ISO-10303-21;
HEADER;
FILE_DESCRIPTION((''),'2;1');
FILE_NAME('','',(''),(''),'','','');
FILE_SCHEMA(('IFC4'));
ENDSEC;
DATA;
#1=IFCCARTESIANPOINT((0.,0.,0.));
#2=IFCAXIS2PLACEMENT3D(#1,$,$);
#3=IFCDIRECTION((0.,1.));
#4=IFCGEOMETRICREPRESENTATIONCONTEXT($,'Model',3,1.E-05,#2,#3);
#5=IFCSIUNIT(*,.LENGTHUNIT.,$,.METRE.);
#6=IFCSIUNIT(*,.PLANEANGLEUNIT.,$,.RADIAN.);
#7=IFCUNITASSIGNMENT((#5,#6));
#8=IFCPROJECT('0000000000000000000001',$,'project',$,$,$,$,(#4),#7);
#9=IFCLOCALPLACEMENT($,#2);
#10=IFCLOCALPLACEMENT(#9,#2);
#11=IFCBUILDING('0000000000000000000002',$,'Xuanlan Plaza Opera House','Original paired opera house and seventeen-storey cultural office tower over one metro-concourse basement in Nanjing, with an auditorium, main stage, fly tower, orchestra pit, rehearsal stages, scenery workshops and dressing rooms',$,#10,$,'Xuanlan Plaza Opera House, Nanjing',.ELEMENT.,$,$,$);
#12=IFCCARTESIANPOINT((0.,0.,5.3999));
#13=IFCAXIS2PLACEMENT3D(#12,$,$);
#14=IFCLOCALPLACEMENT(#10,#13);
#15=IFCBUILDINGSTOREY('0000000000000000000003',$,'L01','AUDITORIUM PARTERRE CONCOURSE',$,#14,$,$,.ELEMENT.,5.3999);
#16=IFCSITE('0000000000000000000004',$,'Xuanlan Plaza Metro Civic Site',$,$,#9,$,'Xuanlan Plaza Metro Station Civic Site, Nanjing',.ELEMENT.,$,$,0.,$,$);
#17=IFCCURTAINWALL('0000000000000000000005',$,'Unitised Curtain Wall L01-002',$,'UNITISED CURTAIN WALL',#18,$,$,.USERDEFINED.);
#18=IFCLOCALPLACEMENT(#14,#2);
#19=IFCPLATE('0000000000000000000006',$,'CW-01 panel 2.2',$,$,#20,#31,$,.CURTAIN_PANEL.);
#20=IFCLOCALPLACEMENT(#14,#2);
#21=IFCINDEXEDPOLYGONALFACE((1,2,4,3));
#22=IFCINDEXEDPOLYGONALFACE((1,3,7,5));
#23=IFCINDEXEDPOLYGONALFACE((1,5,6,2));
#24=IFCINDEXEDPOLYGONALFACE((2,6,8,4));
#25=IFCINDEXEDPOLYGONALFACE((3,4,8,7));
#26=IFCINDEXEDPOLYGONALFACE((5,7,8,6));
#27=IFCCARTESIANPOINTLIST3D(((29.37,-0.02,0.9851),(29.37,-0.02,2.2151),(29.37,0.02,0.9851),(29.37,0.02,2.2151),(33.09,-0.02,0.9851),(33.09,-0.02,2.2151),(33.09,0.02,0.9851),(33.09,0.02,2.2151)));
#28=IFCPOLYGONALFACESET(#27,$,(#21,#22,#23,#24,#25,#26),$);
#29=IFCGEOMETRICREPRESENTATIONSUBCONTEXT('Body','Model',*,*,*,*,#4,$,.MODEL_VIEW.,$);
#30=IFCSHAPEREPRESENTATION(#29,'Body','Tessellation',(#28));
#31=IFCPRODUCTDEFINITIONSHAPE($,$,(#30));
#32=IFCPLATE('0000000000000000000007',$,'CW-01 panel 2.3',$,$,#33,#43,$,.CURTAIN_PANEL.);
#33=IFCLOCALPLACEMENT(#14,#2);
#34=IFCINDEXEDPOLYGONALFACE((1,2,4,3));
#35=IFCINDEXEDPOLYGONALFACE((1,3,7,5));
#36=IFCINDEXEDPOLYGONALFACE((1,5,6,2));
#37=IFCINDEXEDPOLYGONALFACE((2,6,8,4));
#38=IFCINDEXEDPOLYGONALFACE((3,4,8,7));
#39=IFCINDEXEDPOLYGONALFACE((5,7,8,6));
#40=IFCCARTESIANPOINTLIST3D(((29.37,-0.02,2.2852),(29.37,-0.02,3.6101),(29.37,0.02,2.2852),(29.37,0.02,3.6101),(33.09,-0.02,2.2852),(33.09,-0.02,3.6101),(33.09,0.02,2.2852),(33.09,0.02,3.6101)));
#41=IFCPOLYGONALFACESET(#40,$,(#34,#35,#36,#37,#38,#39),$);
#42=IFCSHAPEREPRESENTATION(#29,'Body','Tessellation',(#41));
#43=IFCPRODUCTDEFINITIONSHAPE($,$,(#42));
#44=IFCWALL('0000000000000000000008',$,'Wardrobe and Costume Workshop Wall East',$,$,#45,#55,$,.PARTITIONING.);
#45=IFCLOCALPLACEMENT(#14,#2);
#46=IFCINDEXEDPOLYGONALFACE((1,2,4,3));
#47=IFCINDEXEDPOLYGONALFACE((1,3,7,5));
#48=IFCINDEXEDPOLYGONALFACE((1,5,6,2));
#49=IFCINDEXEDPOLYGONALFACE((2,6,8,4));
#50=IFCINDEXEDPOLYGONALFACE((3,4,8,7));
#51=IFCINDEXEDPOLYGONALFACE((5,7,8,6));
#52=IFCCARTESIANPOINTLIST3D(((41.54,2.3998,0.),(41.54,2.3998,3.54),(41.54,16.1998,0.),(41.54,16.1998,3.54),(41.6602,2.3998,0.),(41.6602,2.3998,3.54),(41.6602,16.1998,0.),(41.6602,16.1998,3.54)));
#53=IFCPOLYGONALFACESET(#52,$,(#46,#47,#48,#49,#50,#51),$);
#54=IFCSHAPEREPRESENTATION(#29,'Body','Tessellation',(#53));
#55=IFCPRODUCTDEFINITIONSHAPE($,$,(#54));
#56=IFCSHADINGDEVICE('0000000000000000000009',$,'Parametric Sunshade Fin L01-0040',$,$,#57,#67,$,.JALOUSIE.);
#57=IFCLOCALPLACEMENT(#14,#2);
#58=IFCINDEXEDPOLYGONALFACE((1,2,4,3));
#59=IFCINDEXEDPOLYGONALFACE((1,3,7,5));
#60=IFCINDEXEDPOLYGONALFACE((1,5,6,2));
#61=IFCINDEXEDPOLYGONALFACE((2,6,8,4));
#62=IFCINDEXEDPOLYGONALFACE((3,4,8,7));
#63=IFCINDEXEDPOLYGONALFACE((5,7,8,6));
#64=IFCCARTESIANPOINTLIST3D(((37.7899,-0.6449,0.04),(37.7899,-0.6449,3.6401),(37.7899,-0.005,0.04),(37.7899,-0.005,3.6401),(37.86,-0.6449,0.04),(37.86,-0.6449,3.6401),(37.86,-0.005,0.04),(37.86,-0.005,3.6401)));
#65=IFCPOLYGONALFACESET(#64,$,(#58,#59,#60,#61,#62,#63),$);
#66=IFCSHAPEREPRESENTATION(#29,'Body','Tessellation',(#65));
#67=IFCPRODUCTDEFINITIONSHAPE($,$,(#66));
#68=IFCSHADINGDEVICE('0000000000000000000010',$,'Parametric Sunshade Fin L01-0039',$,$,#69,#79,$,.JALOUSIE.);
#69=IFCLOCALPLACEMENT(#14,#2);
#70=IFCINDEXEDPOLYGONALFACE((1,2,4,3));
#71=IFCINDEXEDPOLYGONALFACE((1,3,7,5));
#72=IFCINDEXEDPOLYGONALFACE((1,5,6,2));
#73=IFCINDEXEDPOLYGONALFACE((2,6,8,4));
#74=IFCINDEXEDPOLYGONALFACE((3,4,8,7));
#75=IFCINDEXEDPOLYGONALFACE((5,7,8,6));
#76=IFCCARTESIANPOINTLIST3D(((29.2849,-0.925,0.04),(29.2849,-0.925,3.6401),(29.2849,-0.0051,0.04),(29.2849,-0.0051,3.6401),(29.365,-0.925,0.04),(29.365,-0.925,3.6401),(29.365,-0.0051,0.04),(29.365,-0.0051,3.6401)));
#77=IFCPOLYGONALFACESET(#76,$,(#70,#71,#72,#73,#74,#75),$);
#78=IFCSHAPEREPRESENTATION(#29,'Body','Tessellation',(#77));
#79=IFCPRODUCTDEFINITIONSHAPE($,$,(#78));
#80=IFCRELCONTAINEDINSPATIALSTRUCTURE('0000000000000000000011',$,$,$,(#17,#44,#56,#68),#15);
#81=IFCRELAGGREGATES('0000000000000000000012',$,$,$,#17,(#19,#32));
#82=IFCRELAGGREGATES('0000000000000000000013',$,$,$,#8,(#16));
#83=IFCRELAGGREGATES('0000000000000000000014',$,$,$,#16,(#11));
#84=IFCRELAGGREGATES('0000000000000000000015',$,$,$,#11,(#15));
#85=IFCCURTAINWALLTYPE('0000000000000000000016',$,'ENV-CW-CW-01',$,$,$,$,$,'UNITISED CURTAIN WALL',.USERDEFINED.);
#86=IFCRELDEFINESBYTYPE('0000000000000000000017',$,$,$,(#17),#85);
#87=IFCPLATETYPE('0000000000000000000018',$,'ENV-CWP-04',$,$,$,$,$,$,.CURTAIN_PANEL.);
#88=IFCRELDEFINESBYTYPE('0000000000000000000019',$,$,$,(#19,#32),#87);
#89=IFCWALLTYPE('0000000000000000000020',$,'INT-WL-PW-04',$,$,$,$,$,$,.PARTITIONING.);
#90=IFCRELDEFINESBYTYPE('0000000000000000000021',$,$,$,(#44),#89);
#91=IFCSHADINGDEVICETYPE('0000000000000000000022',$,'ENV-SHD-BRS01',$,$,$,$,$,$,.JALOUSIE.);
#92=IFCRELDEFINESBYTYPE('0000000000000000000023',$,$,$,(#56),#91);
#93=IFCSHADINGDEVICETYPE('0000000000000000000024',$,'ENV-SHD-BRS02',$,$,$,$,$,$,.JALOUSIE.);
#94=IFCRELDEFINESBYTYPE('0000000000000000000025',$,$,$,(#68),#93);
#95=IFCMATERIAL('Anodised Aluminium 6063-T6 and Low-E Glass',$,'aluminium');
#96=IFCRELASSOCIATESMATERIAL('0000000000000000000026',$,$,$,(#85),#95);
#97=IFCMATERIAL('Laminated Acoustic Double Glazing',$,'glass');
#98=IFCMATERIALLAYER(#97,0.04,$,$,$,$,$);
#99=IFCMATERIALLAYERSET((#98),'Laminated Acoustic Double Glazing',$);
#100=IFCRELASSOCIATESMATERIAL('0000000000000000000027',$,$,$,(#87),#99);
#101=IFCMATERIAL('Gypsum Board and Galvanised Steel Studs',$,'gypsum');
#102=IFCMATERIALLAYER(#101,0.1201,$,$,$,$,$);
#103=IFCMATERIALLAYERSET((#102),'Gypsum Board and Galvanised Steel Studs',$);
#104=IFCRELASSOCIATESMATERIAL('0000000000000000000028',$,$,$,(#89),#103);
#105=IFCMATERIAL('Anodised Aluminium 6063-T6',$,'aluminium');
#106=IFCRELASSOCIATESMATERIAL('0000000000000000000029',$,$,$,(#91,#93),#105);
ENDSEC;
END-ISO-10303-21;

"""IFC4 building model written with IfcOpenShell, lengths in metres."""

from ifc_helpers import new_model, si_unit, direction, frame, frame_2d, origin, origin_2d, place, context, subcontext, project, spatial, rectangle, extrude, material, layer, layer_set, type_object, element, aggregate, save


model = new_model("IFC4")

# Units and contexts
model_context = context("Model", 3, precision=1e-05, world=origin(), true_north=direction((0.0, 1.0)))
body_context = subcontext(model_context, "Body", "Model", "MODEL_VIEW")
ifc_project = project(units=[si_unit("LENGTHUNIT", "METRE"), si_unit("PLANEANGLEUNIT", "RADIAN")], contexts=[model_context])

# Site, building, storey
site_placement = place(None, origin())
site = spatial("IfcSite", under=ifc_project, at=site_placement, Name="Xuanlan Plaza Metro Civic Site", LongName="Xuanlan Plaza Metro Station Civic Site, Nanjing", CompositionType="ELEMENT", RefElevation=0.0)
building_placement = place(site_placement, origin())
building = spatial("IfcBuilding", under=site, at=building_placement, Name="Xuanlan Plaza Opera House", Description="Original paired opera house and seventeen-storey cultural office tower over one metro-concourse basement in Nanjing, with an auditorium, main stage, fly tower, orchestra pit, rehearsal stages, scenery workshops and dressing rooms", LongName="Xuanlan Plaza Opera House, Nanjing", CompositionType="ELEMENT")
storey_placement = place(building_placement, frame((0.0, 0.0, 5.3999)))
storey = spatial("IfcBuildingStorey", under=building, at=storey_placement, Name="L01", Description="AUDITORIUM PARTERRE CONCOURSE", CompositionType="ELEMENT", Elevation=5.3999)

# Curtain wall
ifc_material_1 = material(Name="Anodised Aluminium 6063-T6 and Low-E Glass", Category="aluminium")
ifc_material_2 = material(Name="Anodised Aluminium 6063-T6", Category="aluminium")
curtain_wall_type_1 = type_object("IfcCurtainWallType", Name="ENV-CW-CW-01", ElementType="UNITISED CURTAIN WALL", PredefinedType="USERDEFINED", material=ifc_material_1)
curtain_wall_1_placement = place(storey_placement, origin())
curtain_wall_1 = element("IfcCurtainWall", 1, at=curtain_wall_1_placement, inside=storey, type_object=curtain_wall_type_1, Name="Unitised Curtain Wall L01-002", ObjectType="UNITISED CURTAIN WALL", PredefinedType="USERDEFINED")

# Plates
ifc_material_3 = material(Name="Laminated Acoustic Double Glazing", Category="glass")
ifc_layer_1 = layer(ifc_material_3, 0.04)
ifc_layer_set_1 = layer_set([ifc_layer_1], Name="Laminated Acoustic Double Glazing")
plate_type_1 = type_object("IfcPlateType", Name="ENV-CWP-04", PredefinedType="CURTAIN_PANEL", material=ifc_layer_set_1)
plate_1_placement = place(storey_placement, frame((31.23, 0.0, 0.9851), z_axis=(0.0, 0.0, 1.0), x_axis=(1.0, 0.0, 0.0)))
plate_1 = element("IfcPlate", 2, at=plate_1_placement, type_object=plate_type_1, Name="CW-01 panel 2.2", PredefinedType="CURTAIN_PANEL", context=body_context, shape_type="SweptSolid", body=[
    extrude(rectangle(XDim=3.72, YDim=0.04, at=origin_2d()), origin(), (0.0, 0.0, 1.0), 1.23),
])
plate_2_placement = place(storey_placement, frame((31.23, 0.0, 2.2852), z_axis=(0.0, 0.0, 1.0), x_axis=(1.0, 0.0, 0.0)))
plate_2 = element("IfcPlate", 3, at=plate_2_placement, type_object=plate_type_1, Name="CW-01 panel 2.3", PredefinedType="CURTAIN_PANEL", context=body_context, shape_type="SweptSolid", body=[
    extrude(rectangle(XDim=3.72, YDim=0.04, at=origin_2d()), origin(), (0.0, 0.0, 1.0), 1.325),
])
aggregate(curtain_wall_1, [plate_1, plate_2])

# Wall
ifc_material_4 = material(Name="Gypsum Board and Galvanised Steel Studs", Category="gypsum")
ifc_layer_2 = layer(ifc_material_4, 0.1201)
ifc_layer_set_2 = layer_set([ifc_layer_2], Name="Gypsum Board and Galvanised Steel Studs")
wall_type = type_object("IfcWallType", Name="INT-WL-PW-04", PredefinedType="PARTITIONING", material=ifc_layer_set_2)
wall_placement = place(storey_placement, frame((41.6001, 2.3999, 0.0), z_axis=(0.0, 0.0, 1.0), x_axis=(0.0, 1.0, 0.0)))
element("IfcWall", 4, at=wall_placement, inside=storey, type_object=wall_type, Name="Wardrobe and Costume Workshop Wall East", PredefinedType="PARTITIONING", context=body_context, shape_type="SweptSolid", body=[
    extrude(rectangle(XDim=13.8, YDim=0.1201, at=frame_2d((6.8999, 0.0))), origin(), (0.0, 0.0, 1.0), 3.54),
])

# Shading devices
shading_device_type_1 = type_object("IfcShadingDeviceType", Name="ENV-SHD-BRS01", PredefinedType="JALOUSIE", material=ifc_material_2)
shading_device_1_placement = place(storey_placement, frame((37.825, -0.325, 0.04), z_axis=(0.0, 0.0, 1.0), x_axis=(0.0, -1.0, 0.0)))
element("IfcShadingDevice", 5, at=shading_device_1_placement, inside=storey, type_object=shading_device_type_1, Name="Parametric Sunshade Fin L01-0040", PredefinedType="JALOUSIE", context=body_context, shape_type="SweptSolid", body=[
    extrude(rectangle(XDim=0.6399, YDim=0.0701, at=origin_2d()), origin(), (0.0, 0.0, 1.0), 3.6001),
])
shading_device_type_2 = type_object("IfcShadingDeviceType", Name="ENV-SHD-BRS02", PredefinedType="JALOUSIE", material=ifc_material_2)
shading_device_2_placement = place(storey_placement, frame((29.325, -0.4651, 0.04), z_axis=(0.0, 0.0, 1.0), x_axis=(0.0, -1.0, 0.0)))
element("IfcShadingDevice", 6, at=shading_device_2_placement, inside=storey, type_object=shading_device_type_2, Name="Parametric Sunshade Fin L01-0039", PredefinedType="JALOUSIE", context=body_context, shape_type="SweptSolid", body=[
    extrude(rectangle(XDim=0.9199, YDim=0.0801, at=origin_2d()), origin(), (0.0, 0.0, 1.0), 3.6001),
])

save(model, "model.ifc")
